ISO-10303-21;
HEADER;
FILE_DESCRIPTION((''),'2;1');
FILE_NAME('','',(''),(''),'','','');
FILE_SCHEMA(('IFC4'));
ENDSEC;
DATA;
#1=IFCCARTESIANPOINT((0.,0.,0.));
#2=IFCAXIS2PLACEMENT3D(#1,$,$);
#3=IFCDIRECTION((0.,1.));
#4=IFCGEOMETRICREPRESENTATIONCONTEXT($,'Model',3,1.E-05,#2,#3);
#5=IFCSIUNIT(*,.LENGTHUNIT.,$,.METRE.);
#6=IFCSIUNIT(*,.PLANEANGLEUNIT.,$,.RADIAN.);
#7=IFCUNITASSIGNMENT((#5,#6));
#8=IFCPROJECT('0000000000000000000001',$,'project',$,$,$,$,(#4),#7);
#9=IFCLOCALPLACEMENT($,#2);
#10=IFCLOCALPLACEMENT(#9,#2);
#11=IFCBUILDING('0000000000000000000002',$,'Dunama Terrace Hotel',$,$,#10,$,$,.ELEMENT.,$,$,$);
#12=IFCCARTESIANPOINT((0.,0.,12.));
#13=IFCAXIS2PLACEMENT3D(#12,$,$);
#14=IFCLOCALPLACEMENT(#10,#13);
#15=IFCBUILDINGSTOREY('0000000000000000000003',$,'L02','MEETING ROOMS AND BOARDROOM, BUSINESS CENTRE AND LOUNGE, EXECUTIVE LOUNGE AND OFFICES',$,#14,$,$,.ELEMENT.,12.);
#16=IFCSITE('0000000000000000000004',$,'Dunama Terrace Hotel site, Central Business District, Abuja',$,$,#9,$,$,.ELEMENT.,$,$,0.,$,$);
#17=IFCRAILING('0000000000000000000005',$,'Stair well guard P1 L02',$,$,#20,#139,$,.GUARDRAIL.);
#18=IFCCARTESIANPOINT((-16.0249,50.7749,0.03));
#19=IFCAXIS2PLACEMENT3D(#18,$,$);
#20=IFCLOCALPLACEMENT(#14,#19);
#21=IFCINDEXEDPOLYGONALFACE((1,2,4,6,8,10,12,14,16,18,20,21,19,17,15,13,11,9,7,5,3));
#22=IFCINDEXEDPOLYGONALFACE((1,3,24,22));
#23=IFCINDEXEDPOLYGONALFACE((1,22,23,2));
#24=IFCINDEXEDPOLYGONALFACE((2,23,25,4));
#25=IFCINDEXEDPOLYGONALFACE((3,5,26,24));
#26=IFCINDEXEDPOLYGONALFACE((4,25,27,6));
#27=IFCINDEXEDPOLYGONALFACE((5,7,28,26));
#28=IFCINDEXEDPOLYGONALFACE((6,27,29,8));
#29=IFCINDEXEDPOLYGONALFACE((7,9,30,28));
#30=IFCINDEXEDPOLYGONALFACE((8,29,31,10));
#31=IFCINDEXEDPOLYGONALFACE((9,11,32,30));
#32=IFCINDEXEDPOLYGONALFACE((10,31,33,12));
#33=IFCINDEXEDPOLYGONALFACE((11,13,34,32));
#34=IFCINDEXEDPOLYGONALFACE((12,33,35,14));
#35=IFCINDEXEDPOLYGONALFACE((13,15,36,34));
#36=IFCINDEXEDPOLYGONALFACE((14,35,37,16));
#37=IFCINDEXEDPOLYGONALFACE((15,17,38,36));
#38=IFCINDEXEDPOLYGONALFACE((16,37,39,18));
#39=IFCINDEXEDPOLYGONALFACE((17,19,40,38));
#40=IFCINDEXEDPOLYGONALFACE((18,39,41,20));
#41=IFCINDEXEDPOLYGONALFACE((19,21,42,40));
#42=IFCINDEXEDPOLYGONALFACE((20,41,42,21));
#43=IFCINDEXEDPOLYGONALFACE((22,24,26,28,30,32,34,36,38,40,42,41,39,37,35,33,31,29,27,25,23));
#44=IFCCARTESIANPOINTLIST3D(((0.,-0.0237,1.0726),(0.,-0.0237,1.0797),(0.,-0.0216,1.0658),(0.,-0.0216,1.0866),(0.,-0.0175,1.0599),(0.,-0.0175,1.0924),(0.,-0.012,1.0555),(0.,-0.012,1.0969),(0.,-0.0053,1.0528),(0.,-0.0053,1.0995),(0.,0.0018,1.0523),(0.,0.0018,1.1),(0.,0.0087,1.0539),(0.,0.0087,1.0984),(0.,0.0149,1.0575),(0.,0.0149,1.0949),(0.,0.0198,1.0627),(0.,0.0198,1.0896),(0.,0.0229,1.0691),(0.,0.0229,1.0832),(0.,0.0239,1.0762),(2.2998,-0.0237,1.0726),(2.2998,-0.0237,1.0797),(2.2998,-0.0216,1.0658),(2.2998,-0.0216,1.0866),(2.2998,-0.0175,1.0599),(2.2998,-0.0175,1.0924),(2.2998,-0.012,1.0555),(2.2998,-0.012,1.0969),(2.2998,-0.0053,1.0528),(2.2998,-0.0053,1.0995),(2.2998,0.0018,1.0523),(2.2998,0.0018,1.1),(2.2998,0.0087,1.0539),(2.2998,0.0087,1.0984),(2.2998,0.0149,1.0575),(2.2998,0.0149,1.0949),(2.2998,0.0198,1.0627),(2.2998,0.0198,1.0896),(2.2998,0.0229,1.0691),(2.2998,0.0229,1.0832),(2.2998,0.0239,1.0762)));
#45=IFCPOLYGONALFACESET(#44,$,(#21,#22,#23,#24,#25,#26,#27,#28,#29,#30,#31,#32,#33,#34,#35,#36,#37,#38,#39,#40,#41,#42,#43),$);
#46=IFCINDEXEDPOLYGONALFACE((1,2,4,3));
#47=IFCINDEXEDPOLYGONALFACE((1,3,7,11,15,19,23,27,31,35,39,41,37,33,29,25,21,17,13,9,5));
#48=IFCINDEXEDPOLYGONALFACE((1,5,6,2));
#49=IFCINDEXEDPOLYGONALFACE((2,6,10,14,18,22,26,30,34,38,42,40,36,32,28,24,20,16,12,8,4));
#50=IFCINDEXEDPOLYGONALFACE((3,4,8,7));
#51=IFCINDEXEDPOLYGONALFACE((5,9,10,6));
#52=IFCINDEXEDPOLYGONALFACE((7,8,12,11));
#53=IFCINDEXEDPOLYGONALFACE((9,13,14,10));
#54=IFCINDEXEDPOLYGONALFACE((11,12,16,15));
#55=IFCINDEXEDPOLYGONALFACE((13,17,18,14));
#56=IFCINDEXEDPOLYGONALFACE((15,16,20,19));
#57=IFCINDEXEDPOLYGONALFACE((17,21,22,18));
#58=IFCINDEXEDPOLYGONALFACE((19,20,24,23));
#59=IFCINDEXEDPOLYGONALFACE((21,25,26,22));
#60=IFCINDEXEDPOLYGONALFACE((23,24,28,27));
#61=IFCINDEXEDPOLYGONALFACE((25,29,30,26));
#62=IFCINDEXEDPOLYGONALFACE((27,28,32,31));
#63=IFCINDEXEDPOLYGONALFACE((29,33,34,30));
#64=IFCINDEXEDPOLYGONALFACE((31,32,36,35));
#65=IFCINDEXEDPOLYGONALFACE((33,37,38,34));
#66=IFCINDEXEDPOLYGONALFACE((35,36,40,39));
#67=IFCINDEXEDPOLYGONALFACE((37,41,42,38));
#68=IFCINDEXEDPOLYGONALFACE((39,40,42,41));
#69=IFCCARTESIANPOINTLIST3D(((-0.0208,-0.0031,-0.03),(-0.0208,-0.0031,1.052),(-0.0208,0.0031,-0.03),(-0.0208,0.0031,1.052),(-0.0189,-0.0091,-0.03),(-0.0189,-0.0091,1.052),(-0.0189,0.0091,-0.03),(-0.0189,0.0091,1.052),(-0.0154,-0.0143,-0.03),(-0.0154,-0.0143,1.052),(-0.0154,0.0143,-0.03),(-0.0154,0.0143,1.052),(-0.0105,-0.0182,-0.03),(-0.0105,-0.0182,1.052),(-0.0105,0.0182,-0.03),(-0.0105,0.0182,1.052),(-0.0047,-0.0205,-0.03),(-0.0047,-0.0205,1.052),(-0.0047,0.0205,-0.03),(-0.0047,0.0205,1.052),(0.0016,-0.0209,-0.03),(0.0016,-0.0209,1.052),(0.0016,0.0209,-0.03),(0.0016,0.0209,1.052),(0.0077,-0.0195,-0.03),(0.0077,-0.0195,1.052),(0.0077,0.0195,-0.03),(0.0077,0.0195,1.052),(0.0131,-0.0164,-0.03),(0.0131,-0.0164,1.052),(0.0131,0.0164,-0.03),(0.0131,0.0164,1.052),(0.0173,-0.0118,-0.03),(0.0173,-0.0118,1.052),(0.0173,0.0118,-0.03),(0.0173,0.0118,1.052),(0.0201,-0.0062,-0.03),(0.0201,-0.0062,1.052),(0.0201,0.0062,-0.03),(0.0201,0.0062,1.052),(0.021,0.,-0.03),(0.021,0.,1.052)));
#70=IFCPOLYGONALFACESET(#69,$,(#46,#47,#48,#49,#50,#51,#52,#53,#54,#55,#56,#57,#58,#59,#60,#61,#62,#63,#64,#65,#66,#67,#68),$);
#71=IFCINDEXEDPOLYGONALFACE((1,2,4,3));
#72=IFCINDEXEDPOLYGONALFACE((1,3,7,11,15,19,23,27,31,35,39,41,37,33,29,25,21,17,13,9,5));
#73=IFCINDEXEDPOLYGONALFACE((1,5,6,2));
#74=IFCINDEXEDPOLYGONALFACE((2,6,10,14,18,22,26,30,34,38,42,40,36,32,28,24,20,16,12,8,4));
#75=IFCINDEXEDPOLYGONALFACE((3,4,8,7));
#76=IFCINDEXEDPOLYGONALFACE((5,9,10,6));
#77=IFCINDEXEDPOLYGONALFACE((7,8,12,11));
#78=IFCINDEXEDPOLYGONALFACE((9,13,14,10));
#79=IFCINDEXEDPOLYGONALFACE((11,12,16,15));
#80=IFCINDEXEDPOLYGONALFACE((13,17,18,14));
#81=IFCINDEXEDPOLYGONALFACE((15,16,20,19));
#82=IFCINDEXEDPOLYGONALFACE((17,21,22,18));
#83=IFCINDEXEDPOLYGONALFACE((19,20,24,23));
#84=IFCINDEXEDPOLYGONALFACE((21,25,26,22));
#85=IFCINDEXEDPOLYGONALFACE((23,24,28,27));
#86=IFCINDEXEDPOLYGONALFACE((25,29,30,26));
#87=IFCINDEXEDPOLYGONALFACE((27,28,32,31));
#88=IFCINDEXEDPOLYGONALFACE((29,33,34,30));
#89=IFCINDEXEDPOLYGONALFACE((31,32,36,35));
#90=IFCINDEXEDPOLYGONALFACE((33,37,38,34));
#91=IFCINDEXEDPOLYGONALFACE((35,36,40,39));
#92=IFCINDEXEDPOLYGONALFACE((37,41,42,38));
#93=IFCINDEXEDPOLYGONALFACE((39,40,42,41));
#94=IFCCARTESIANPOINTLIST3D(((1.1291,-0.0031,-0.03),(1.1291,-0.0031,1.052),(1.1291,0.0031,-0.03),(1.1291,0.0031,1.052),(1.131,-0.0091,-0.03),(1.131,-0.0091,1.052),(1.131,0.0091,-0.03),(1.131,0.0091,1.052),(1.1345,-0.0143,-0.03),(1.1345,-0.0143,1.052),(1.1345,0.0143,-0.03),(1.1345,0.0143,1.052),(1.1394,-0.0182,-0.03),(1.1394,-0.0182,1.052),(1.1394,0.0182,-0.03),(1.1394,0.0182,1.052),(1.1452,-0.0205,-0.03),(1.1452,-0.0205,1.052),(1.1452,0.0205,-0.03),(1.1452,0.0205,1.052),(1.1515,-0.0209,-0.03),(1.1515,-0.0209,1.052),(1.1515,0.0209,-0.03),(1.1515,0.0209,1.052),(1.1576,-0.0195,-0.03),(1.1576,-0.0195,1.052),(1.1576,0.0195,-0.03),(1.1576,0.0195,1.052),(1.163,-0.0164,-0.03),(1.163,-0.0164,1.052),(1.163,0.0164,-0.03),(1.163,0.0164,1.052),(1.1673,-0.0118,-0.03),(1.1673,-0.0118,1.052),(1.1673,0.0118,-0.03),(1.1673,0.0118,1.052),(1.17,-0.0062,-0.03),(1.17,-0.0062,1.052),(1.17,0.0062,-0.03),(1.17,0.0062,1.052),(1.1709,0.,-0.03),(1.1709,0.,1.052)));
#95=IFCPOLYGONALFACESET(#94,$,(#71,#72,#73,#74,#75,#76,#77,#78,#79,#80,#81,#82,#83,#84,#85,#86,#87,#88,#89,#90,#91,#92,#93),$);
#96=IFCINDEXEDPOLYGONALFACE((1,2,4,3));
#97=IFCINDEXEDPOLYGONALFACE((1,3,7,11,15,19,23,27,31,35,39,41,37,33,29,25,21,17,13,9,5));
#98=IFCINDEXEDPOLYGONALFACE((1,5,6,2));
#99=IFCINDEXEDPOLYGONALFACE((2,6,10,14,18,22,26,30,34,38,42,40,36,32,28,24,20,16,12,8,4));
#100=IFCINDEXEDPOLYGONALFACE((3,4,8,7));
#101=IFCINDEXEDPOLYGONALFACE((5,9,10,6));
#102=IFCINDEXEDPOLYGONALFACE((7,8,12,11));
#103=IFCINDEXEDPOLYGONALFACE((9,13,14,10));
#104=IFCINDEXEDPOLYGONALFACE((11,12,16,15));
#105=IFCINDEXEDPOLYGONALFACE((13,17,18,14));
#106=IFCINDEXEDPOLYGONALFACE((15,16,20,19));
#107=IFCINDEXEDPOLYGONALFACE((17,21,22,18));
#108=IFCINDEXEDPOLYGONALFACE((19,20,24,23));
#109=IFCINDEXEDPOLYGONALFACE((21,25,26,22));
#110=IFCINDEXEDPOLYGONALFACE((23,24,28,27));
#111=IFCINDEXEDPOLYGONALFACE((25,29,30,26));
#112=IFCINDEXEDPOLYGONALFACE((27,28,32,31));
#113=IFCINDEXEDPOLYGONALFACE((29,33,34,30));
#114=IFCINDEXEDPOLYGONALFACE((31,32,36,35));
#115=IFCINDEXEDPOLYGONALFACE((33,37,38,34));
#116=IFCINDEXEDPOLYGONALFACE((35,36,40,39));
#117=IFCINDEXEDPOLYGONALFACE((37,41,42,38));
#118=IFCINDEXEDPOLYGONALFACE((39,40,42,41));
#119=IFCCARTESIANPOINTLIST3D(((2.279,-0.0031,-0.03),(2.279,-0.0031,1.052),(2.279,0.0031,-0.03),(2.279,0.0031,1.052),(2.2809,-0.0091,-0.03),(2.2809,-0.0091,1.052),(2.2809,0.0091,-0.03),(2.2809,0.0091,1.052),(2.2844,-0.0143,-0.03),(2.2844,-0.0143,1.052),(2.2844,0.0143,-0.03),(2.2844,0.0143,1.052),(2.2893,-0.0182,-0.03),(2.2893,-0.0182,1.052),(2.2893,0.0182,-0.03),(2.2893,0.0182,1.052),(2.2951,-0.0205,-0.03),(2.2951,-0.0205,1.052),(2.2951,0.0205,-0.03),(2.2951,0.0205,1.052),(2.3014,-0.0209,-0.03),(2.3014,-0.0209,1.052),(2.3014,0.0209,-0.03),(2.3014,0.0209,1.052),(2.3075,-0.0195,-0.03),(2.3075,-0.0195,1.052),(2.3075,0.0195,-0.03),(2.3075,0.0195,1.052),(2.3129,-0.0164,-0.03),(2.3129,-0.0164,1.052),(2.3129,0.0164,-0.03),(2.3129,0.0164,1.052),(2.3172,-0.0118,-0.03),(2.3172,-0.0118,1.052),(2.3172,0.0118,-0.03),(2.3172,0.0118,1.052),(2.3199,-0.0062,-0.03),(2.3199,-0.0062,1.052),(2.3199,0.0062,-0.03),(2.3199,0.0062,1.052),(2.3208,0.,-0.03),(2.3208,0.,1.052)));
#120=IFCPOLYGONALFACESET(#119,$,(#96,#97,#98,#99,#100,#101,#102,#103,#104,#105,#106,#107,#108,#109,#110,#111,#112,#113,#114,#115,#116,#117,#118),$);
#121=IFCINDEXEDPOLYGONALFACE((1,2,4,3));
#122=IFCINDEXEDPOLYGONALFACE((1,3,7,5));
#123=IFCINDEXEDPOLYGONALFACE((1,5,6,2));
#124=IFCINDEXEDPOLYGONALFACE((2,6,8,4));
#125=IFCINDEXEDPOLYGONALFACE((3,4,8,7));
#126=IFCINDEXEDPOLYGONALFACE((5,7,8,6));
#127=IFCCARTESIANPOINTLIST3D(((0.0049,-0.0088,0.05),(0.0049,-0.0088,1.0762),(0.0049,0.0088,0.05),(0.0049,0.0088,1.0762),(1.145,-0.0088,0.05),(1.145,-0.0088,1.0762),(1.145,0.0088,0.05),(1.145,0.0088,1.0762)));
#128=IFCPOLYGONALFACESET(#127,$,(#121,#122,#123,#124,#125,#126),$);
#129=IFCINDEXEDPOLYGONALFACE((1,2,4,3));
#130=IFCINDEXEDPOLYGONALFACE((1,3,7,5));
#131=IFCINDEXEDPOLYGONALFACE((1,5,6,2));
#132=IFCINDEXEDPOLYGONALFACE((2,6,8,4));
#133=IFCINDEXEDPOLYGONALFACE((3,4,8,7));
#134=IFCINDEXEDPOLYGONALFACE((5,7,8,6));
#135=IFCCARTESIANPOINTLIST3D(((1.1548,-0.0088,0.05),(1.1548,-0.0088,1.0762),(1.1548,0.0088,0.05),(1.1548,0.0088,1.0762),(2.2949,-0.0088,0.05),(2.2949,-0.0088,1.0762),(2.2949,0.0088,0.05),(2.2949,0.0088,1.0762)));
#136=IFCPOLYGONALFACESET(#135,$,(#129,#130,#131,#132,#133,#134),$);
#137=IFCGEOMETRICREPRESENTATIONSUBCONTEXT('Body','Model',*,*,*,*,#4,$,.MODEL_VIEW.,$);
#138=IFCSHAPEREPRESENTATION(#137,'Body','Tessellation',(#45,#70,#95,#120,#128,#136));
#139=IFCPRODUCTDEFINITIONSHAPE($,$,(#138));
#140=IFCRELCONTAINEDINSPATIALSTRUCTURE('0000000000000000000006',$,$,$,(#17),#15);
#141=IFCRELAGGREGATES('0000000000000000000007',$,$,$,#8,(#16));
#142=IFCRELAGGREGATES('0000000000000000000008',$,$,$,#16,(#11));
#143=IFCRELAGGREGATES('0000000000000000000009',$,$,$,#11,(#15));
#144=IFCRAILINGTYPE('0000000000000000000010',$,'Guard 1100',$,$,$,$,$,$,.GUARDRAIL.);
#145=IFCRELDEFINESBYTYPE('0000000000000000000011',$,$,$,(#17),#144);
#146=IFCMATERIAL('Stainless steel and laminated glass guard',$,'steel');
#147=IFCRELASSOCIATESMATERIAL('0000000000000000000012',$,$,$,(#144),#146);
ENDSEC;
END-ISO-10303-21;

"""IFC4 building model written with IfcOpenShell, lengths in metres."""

from ifc_helpers import new_model, si_unit, direction, frame, origin, origin_2d, place, context, subcontext, project, spatial, polyline, circle, outline, extrude, material, type_object, element, save


model = new_model("IFC4")

# Units and contexts
model_context = context("Model", 3, precision=1e-05, world=origin(), true_north=direction((0.0, 1.0)))
body_context = subcontext(model_context, "Body", "Model", "MODEL_VIEW")
ifc_project = project(units=[si_unit("LENGTHUNIT", "METRE"), si_unit("PLANEANGLEUNIT", "RADIAN")], contexts=[model_context])

# Site, building, storey
site_placement = place(None, origin())
site = spatial("IfcSite", under=ifc_project, at=site_placement, Name="Dunama Terrace Hotel site, Central Business District, Abuja", CompositionType="ELEMENT", RefElevation=0.0)
building_placement = place(site_placement, origin())
building = spatial("IfcBuilding", under=site, at=building_placement, Name="Dunama Terrace Hotel", CompositionType="ELEMENT")
storey_placement = place(building_placement, frame((0.0, 0.0, 12.0)))
storey = spatial("IfcBuildingStorey", under=building, at=storey_placement, Name="L02", Description="MEETING ROOMS AND BOARDROOM, BUSINESS CENTRE AND LOUNGE, EXECUTIVE LOUNGE AND OFFICES", CompositionType="ELEMENT", Elevation=12.0)

# Railing
ifc_material_1 = material(Name="Stainless steel and laminated glass guard", Category="steel")
railing_type_1 = type_object("IfcRailingType", Name="Guard 1100", PredefinedType="GUARDRAIL", material=ifc_material_1)
railing_1_placement = place(storey_placement, frame((-16.0249, 50.7749, 0.03)))
element("IfcRailing", 1, at=railing_1_placement, inside=storey, type_object=railing_type_1, Name="Stair well guard P1 L02", PredefinedType="GUARDRAIL", context=body_context, shape_type="SweptSolid", body=[
    extrude(circle(Radius=0.0239, at=origin_2d()), frame((0.0, 0.0, 1.0762), z_axis=(1.0, 0.0, 0.0), x_axis=(0.0, 1.0, 0.0)), (0.0, 0.0, 1.0), 2.2998),
    extrude(circle(Radius=0.021, at=origin_2d()), frame((0.0, 0.0, -0.03)), (0.0, 0.0, 1.0), 1.082),
    extrude(circle(Radius=0.021, at=origin_2d()), frame((1.1499, 0.0, -0.03)), (0.0, 0.0, 1.0), 1.082),
    extrude(circle(Radius=0.021, at=origin_2d()), frame((2.2998, 0.0, -0.03)), (0.0, 0.0, 1.0), 1.082),
    extrude(outline(polyline([(0.0049, 0.05), (1.145, 0.05), (1.145, 1.0762), (0.0049, 1.0762), (0.0049, 0.05)])), frame((0.0, 0.0088, 0.0), z_axis=(0.0, -1.0, 0.0), x_axis=(1.0, 0.0, 0.0)), (0.0, 0.0, 1.0), 0.0176),
    extrude(outline(polyline([(0.0049, 0.05), (1.145, 0.05), (1.145, 1.0762), (0.0049, 1.0762), (0.0049, 0.05)])), frame((1.1499, 0.0088, 0.0), z_axis=(0.0, -1.0, 0.0), x_axis=(1.0, 0.0, 0.0)), (0.0, 0.0, 1.0), 0.0176),
])

save(model, "model.ifc")
